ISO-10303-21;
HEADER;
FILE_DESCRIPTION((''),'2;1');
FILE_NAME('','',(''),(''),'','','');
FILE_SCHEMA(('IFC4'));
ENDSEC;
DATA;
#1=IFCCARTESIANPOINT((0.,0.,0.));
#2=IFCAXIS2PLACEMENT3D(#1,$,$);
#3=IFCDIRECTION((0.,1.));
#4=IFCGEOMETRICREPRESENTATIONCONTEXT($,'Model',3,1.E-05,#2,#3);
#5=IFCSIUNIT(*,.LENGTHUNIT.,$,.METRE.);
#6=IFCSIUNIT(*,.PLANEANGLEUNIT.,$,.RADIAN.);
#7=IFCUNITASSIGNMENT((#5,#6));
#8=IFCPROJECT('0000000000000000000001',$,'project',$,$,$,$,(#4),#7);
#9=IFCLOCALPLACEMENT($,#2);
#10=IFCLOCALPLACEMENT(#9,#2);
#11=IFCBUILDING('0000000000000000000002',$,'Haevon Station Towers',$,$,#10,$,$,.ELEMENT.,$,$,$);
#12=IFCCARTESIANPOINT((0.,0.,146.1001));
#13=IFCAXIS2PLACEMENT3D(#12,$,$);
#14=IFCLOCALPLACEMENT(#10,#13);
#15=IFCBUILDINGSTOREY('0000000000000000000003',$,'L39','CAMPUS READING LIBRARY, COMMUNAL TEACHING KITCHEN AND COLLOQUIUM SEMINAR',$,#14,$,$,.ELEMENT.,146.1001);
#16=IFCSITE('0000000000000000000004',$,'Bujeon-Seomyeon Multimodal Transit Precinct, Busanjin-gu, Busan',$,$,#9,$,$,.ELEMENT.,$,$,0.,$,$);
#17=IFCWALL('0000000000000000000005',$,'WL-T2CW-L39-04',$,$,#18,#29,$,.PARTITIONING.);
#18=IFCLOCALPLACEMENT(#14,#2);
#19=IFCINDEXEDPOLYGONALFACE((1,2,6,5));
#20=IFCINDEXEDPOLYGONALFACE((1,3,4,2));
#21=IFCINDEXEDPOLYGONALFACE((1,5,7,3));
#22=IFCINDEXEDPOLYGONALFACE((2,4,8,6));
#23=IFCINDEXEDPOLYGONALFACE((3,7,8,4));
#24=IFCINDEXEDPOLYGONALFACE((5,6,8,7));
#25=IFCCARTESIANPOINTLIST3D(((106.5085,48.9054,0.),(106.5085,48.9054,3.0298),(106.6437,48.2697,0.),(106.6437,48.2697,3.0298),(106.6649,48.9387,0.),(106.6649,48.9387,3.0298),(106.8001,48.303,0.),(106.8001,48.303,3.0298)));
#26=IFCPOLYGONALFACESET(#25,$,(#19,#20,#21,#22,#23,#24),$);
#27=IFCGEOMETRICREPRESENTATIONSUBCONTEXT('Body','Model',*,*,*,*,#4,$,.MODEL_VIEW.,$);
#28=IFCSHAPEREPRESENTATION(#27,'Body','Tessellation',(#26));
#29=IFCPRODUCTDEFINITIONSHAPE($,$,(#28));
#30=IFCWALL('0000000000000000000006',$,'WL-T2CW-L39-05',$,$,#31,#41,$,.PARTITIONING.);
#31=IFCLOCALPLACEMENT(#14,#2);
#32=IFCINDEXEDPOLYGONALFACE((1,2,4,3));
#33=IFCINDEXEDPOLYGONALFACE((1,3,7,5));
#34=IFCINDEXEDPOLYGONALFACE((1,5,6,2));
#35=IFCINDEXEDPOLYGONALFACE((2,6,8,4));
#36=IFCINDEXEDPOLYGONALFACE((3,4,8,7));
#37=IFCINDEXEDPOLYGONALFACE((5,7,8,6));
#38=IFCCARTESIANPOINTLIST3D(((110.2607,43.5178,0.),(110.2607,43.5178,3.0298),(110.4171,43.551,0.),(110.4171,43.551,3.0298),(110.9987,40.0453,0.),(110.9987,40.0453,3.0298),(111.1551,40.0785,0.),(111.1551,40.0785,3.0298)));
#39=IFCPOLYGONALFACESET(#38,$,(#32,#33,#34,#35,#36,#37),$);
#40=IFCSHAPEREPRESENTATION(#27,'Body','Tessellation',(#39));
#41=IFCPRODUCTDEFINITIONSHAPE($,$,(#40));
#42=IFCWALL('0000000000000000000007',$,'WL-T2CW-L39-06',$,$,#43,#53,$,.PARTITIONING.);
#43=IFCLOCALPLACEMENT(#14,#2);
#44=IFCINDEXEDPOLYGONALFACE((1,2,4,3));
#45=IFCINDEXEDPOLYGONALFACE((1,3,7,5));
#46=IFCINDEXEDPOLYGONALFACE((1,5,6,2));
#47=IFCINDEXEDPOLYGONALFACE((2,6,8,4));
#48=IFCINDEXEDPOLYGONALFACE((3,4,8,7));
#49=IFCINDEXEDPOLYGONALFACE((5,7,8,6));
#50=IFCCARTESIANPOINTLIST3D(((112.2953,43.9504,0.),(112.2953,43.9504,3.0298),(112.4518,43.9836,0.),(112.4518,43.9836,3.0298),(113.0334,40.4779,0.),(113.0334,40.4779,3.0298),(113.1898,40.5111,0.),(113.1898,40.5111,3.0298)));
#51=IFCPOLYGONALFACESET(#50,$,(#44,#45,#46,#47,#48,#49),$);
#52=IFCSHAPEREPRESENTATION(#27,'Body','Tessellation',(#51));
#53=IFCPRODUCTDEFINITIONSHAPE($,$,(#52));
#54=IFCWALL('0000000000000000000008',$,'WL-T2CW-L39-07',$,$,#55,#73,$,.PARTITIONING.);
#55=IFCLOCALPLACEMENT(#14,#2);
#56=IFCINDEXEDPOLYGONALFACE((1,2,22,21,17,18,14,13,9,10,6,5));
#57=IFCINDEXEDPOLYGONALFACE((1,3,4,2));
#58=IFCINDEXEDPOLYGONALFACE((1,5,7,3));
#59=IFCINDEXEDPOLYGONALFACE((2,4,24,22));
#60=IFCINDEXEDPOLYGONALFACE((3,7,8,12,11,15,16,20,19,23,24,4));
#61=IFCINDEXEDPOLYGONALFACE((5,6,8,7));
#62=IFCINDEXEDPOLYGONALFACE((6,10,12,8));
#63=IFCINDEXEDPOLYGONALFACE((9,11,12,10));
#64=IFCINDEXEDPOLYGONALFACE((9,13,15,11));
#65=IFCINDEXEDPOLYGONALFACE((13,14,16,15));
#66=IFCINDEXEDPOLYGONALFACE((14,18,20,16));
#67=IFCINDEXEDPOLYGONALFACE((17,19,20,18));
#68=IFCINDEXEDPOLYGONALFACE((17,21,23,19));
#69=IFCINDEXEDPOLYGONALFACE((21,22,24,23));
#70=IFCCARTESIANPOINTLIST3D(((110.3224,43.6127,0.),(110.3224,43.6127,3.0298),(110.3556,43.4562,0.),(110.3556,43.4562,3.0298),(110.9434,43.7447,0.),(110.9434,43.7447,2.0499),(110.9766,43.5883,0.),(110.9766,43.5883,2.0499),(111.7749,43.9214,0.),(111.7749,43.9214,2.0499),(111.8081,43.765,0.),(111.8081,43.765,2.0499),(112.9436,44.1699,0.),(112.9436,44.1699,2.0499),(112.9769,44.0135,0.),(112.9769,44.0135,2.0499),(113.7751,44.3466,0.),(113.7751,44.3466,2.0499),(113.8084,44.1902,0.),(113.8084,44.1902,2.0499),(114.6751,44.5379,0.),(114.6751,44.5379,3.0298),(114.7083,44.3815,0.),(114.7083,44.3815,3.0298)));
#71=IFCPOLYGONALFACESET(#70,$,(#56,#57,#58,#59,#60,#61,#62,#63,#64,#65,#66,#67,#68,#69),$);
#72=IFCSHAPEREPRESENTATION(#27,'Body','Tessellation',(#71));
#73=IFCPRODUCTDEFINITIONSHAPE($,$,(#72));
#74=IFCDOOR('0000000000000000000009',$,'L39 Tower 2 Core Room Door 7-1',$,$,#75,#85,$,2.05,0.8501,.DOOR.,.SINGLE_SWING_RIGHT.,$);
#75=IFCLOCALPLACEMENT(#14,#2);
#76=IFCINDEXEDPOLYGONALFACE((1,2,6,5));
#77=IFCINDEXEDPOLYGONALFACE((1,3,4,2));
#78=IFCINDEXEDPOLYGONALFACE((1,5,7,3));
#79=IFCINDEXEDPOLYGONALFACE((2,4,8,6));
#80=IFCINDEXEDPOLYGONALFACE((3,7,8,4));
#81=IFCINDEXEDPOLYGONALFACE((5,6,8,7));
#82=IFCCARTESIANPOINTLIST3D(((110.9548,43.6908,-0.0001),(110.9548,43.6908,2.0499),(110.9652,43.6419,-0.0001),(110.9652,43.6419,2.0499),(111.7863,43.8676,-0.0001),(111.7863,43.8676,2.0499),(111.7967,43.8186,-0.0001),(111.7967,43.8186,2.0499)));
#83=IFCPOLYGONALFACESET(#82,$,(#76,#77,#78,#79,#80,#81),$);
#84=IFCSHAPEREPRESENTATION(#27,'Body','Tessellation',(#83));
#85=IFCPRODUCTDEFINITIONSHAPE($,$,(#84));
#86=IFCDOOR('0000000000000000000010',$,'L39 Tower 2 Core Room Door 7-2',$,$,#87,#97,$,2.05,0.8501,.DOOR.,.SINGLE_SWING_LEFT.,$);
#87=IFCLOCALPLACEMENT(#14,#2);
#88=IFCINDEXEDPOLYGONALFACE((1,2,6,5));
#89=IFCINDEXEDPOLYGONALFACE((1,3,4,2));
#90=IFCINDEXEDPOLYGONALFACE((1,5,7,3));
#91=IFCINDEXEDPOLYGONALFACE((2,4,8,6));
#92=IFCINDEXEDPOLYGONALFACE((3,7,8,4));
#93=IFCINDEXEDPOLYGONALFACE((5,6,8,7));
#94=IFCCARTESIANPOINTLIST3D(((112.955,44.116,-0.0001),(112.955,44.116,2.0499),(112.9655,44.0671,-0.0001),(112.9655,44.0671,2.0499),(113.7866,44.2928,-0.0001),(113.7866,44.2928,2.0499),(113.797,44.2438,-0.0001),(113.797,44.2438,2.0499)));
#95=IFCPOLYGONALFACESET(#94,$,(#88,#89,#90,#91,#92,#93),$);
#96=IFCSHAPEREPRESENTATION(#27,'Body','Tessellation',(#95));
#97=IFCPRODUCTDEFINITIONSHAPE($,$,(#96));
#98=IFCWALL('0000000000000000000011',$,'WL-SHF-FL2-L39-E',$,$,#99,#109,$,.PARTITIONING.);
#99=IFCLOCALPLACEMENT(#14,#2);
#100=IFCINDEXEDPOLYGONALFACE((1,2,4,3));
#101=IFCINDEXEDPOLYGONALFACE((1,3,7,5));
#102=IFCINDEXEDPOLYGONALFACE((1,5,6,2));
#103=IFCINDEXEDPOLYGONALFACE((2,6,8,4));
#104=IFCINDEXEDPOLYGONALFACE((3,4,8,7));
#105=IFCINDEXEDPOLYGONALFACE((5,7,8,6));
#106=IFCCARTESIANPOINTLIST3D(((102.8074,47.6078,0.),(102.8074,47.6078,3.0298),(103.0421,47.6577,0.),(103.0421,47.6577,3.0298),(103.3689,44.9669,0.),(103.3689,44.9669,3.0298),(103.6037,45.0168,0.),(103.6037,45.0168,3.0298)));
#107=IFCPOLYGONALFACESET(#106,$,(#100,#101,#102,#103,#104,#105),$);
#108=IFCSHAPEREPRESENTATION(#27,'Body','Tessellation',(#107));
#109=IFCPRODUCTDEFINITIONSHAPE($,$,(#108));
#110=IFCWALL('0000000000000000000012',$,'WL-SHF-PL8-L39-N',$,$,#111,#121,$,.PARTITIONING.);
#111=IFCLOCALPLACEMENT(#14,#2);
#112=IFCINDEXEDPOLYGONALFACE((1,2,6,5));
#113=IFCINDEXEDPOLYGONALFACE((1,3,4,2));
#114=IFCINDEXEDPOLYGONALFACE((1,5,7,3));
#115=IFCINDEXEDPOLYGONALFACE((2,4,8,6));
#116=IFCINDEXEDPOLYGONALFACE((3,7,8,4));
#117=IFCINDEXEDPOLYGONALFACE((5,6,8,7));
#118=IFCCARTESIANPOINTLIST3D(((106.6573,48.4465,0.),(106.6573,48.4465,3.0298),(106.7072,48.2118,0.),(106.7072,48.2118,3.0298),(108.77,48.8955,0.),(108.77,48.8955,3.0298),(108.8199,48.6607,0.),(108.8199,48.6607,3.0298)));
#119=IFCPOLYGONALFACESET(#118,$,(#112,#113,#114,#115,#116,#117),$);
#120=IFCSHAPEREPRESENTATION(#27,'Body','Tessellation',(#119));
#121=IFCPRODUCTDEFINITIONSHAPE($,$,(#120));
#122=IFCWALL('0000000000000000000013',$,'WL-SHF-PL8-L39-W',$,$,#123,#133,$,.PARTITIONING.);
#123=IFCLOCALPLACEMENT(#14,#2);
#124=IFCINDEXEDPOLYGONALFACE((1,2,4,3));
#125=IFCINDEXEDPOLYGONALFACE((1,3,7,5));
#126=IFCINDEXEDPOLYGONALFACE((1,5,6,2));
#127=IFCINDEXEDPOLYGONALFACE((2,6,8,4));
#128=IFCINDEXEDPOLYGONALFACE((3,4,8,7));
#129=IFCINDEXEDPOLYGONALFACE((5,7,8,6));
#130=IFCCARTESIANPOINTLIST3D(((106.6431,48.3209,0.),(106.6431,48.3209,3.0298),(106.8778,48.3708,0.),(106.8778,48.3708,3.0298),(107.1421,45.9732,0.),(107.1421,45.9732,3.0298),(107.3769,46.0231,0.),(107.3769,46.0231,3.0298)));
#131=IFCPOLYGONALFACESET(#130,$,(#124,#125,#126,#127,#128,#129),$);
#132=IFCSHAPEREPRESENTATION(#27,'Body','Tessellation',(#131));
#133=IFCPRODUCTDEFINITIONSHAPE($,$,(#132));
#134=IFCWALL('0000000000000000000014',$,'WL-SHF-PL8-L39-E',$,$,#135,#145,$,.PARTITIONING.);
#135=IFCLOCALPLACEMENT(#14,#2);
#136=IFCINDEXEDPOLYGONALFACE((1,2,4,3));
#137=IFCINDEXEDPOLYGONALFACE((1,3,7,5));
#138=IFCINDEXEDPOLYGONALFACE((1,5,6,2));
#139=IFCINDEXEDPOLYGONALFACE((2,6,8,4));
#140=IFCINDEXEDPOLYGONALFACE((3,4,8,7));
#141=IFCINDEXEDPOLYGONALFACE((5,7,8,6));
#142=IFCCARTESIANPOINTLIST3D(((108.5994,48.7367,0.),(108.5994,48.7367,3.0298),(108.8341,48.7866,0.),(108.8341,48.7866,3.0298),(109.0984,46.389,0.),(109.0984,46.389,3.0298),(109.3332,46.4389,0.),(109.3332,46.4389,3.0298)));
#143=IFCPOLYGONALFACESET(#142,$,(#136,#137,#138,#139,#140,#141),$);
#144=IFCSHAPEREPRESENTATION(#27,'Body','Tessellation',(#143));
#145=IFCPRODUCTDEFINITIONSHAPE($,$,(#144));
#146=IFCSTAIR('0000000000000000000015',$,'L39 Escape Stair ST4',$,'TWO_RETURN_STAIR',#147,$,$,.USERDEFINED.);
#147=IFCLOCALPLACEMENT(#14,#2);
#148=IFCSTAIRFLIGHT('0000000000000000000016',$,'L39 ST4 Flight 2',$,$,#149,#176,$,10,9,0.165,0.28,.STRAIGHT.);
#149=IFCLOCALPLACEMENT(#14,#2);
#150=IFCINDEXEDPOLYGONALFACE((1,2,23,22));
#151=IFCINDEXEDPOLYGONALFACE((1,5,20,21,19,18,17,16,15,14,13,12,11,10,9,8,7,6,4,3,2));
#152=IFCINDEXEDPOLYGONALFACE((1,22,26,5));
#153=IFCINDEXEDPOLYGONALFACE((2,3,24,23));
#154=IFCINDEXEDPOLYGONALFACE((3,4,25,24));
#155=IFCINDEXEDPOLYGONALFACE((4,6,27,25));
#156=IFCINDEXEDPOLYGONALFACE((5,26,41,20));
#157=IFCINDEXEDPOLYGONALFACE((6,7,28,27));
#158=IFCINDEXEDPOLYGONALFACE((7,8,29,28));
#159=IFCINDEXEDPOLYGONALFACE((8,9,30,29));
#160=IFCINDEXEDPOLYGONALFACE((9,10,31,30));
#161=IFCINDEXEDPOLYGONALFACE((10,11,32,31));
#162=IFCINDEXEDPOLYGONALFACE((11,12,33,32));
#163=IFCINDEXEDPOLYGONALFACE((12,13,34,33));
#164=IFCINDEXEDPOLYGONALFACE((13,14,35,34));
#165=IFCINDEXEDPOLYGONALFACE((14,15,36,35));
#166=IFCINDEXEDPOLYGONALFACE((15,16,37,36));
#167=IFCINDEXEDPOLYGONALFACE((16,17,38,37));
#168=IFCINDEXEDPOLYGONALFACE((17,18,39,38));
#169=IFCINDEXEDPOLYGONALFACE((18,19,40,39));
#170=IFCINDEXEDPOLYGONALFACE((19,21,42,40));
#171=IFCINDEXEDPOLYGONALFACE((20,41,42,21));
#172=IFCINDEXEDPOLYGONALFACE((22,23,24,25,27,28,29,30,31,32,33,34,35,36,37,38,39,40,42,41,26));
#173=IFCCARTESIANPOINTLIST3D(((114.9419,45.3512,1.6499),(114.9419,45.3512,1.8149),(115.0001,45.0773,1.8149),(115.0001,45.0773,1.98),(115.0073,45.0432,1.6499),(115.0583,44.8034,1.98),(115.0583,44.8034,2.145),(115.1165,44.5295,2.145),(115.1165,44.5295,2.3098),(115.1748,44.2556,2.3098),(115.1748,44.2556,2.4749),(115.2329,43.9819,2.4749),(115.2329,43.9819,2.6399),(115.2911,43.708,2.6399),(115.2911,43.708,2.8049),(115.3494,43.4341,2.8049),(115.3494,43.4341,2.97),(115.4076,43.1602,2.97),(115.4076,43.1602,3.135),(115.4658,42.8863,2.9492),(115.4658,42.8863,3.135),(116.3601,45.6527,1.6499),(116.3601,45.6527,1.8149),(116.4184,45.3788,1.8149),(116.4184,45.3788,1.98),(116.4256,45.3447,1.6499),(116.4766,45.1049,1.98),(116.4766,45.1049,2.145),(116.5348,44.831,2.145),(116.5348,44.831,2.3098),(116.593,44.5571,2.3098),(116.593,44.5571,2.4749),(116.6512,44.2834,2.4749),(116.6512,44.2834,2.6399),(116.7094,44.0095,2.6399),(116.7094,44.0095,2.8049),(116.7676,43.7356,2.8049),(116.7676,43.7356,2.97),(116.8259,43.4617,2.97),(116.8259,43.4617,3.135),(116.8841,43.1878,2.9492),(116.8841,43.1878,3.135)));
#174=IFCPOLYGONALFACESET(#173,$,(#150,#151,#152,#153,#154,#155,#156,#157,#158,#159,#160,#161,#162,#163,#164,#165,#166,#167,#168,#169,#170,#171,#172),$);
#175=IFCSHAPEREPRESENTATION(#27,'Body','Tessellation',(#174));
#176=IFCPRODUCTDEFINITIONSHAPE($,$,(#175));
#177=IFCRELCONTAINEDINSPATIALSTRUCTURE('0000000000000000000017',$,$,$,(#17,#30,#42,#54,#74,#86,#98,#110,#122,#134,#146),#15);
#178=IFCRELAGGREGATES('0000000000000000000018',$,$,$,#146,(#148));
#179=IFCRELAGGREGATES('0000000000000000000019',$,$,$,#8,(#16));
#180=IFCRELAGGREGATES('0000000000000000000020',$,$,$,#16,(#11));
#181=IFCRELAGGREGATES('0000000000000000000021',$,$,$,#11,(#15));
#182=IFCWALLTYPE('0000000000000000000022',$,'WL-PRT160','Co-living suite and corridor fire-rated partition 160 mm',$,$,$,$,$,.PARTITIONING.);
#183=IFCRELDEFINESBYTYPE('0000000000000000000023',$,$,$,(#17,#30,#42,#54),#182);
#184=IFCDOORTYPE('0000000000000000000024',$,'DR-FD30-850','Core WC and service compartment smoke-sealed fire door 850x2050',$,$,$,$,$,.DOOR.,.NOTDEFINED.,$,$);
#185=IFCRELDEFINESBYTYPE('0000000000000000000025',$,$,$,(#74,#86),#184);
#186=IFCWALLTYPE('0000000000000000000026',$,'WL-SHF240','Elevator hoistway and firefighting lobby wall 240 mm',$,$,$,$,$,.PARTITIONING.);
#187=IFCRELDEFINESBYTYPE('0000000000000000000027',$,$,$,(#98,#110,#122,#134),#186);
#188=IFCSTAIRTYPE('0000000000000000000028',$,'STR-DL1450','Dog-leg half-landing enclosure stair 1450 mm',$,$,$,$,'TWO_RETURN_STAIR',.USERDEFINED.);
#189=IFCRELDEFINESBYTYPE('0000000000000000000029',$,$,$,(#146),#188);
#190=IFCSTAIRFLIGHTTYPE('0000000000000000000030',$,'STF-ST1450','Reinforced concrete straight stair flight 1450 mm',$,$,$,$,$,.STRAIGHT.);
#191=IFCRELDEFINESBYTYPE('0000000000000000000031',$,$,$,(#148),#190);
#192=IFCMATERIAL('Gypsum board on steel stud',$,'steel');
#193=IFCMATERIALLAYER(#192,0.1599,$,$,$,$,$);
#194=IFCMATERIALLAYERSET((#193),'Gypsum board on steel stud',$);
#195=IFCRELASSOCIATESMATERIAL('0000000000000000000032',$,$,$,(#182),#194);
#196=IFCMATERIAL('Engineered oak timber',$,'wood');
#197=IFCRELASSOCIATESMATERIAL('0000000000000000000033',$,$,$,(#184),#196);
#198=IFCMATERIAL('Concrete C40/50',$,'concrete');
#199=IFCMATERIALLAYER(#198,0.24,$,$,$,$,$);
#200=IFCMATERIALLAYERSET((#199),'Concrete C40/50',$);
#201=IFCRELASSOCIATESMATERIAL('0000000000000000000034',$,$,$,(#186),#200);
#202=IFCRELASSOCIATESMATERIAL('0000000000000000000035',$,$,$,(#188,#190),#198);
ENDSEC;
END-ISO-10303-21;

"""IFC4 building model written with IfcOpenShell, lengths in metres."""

from ifc_helpers import new_model, si_unit, direction, frame, frame_2d, origin, place, context, subcontext, project, spatial, polyline, rectangle, outline, extrude, material, layer, layer_set, type_object, element, fill, aggregate, save


model = new_model("IFC4")

# Units and contexts
model_context = context("Model", 3, precision=1e-05, world=origin(), true_north=direction((0.0, 1.0)))
body_context = subcontext(model_context, "Body", "Model", "MODEL_VIEW")
ifc_project = project(units=[si_unit("LENGTHUNIT", "METRE"), si_unit("PLANEANGLEUNIT", "RADIAN")], contexts=[model_context])

# Site, building, storey
site_placement = place(None, origin())
site = spatial("IfcSite", under=ifc_project, at=site_placement, Name="Bujeon-Seomyeon Multimodal Transit Precinct, Busanjin-gu, Busan", CompositionType="ELEMENT", RefElevation=0.0)
building_placement = place(site_placement, origin())
building = spatial("IfcBuilding", under=site, at=building_placement, Name="Haevon Station Towers", CompositionType="ELEMENT")
storey_placement = place(building_placement, frame((0.0, 0.0, 146.1001)))
storey = spatial("IfcBuildingStorey", under=building, at=storey_placement, Name="L39", Description="CAMPUS READING LIBRARY, COMMUNAL TEACHING KITCHEN AND COLLOQUIUM SEMINAR", CompositionType="ELEMENT", Elevation=146.1001)

# Shared definitions
ifc_material_1 = material(Name="Gypsum board on steel stud", Category="steel")
ifc_material_2 = material(Name="Engineered oak timber", Category="wood")

# Shared definitions
ifc_layer_1 = layer(ifc_material_1, 0.1599)
ifc_layer_set_1 = layer_set([ifc_layer_1], Name="Gypsum board on steel stud")
wall_type_1 = type_object("IfcWallType", Name="WL-PRT160", Description="Co-living suite and corridor fire-rated partition 160 mm", PredefinedType="PARTITIONING", material=ifc_layer_set_1)

# Walls
wall_1_placement = place(storey_placement, frame((106.7219, 48.2864, 0.0), z_axis=(0.0, 0.0, 1.0), x_axis=(-0.208092, 0.978109, 0.0)))
element("IfcWall", 1, at=wall_1_placement, inside=storey, type_object=wall_type_1, Name="WL-T2CW-L39-04", PredefinedType="PARTITIONING", context=body_context, shape_type="SweptSolid", body=[
    extrude(rectangle(XDim=0.6499, YDim=0.1599, at=frame_2d((0.325, 0.0))), origin(), (0.0, 0.0, 1.0), 3.0298),
])
for number, where, z_axis, x_axis, name in (
    (2, (111.0769, 40.062, 0.0), (0.0, 0.0, 1.0), (-0.207899, 0.97815, 0.0), "WL-T2CW-L39-05"),
    (3, (113.1116, 40.4946, 0.0), (0.0, 0.0, 1.0), (-0.207899, 0.97815, 0.0), "WL-T2CW-L39-06"),
):
    element("IfcWall", number, at=place(storey_placement, frame(where, z_axis=z_axis, x_axis=x_axis)), inside=storey, type_object=wall_type_1, Name=name, PredefinedType="PARTITIONING", context=body_context, shape_type="SweptSolid", body=[
        extrude(rectangle(XDim=3.55, YDim=0.1599, at=frame_2d((1.7749, 0.0))), origin(), (0.0, 0.0, 1.0), 3.0298),
    ])

# Wall, openings, doors
wall_2_placement = place(storey_placement, frame((110.3389, 43.5344, 0.0), z_axis=(0.0, 0.0, 1.0), x_axis=(0.978144, 0.207929, 0.0)))
wall_2 = element("IfcWall", 4, at=wall_2_placement, inside=storey, type_object=wall_type_1, Name="WL-T2CW-L39-07", PredefinedType="PARTITIONING", context=body_context, shape_type="SweptSolid", body=[
    extrude(rectangle(XDim=4.45, YDim=0.1599, at=frame_2d((2.2251, 0.0))), origin(), (0.0, 0.0, 1.0), 3.0298),
])
opening_1_placement = place(wall_2_placement, frame((0.635, 0.0, 0.0)))
opening_1 = element("IfcOpeningElement", 5, at=opening_1_placement, cuts=wall_2, PredefinedType="OPENING", context=body_context, shape_type="SweptSolid", body=[
    extrude(rectangle(XDim=0.8501, YDim=2.05, at=frame_2d((0.425, 1.0249))), frame((0.0, 0.0898, 0.0), z_axis=(0.0, -1.0, 0.0), x_axis=(1.0, 0.0, 0.0)), (0.0, 0.0, 1.0), 0.1799),
])
opening_2_placement = place(wall_2_placement, frame((2.6799, 0.0, 0.0)))
opening_2 = element("IfcOpeningElement", 6, at=opening_2_placement, cuts=wall_2, PredefinedType="OPENING", context=body_context, shape_type="SweptSolid", body=[
    extrude(rectangle(XDim=0.8501, YDim=2.05, at=frame_2d((0.425, 1.0249))), frame((0.0, 0.0898, 0.0), z_axis=(0.0, -1.0, 0.0), x_axis=(1.0, 0.0, 0.0)), (0.0, 0.0, 1.0), 0.1799),
])
door_type_1 = type_object("IfcDoorType", Name="DR-FD30-850", Description="Core WC and service compartment smoke-sealed fire door 850x2050", OperationType="NOTDEFINED", PredefinedType="DOOR", material=ifc_material_2)
door_1_placement = place(opening_1_placement, origin())
door_1 = element("IfcDoor", 7, at=door_1_placement, inside=storey, type_object=door_type_1, Name="L39 Tower 2 Core Room Door 7-1", OperationType="SINGLE_SWING_RIGHT", OverallHeight=2.05, OverallWidth=0.8501, PredefinedType="DOOR", context=body_context, shape_type="SweptSolid", body=[
    extrude(rectangle(XDim=0.8501, YDim=2.05, at=frame_2d((0.425, 1.0249))), frame((0.0, 0.0249, 0.0), z_axis=(0.0, -1.0, 0.0), x_axis=(1.0, 0.0, 0.0)), (0.0, 0.0, 1.0), 0.05),
])
fill(opening_1, door_1)
door_2_placement = place(opening_2_placement, origin())
door_2 = element("IfcDoor", 8, at=door_2_placement, inside=storey, type_object=door_type_1, Name="L39 Tower 2 Core Room Door 7-2", OperationType="SINGLE_SWING_LEFT", OverallHeight=2.05, OverallWidth=0.8501, PredefinedType="DOOR", context=body_context, shape_type="SweptSolid", body=[
    extrude(rectangle(XDim=0.8501, YDim=2.05, at=frame_2d((0.425, 1.0249))), frame((0.0, 0.0249, 0.0), z_axis=(0.0, -1.0, 0.0), x_axis=(1.0, 0.0, 0.0)), (0.0, 0.0, 1.0), 0.05),
])
fill(opening_2, door_2)

# Wall
ifc_material_3 = material(Name="Concrete C40/50", Category="concrete")
ifc_layer_2 = layer(ifc_material_3, 0.24)
ifc_layer_set_2 = layer_set([ifc_layer_2], Name="Concrete C40/50")
wall_type_2 = type_object("IfcWallType", Name="WL-SHF240", Description="Elevator hoistway and firefighting lobby wall 240 mm", PredefinedType="PARTITIONING", material=ifc_layer_set_2)
wall_3_placement = place(storey_placement, frame((103.4863, 44.9917, 0.0), z_axis=(0.0, 0.0, 1.0), x_axis=(-0.207979, 0.978133, 0.0)))
element("IfcWall", 9, at=wall_3_placement, inside=storey, type_object=wall_type_2, Name="WL-SHF-FL2-L39-E", PredefinedType="PARTITIONING", context=body_context, shape_type="SweptSolid", body=[
    extrude(rectangle(XDim=2.7, YDim=0.24, at=frame_2d((1.3501, 0.0))), origin(), (0.0, 0.0, 1.0), 3.0298),
])

# Walls
wall_4_placement = place(storey_placement, frame((106.6821, 48.3291, 0.0), z_axis=(0.0, 0.0, 1.0), x_axis=(0.978158, 0.207861, 0.0)))
element("IfcWall", 10, at=wall_4_placement, inside=storey, type_object=wall_type_2, Name="WL-SHF-PL8-L39-N", PredefinedType="PARTITIONING", context=body_context, shape_type="SweptSolid", body=[
    extrude(rectangle(XDim=2.1599, YDim=0.24, at=frame_2d((1.0801, 0.0))), origin(), (0.0, 0.0, 1.0), 3.0298),
])
for number, where, z_axis, x_axis, name in (
    (11, (107.2595, 45.998, 0.0), (0.0, 0.0, 1.0), (-0.207917, 0.978146, 0.0), "WL-SHF-PL8-L39-W"),
    (12, (109.2158, 46.4138, 0.0), (0.0, 0.0, 1.0), (-0.207917, 0.978146, 0.0), "WL-SHF-PL8-L39-E"),
):
    element("IfcWall", number, at=place(storey_placement, frame(where, z_axis=z_axis, x_axis=x_axis)), inside=storey, type_object=wall_type_2, Name=name, PredefinedType="PARTITIONING", context=body_context, shape_type="SweptSolid", body=[
        extrude(rectangle(XDim=2.4001, YDim=0.24, at=frame_2d((1.2002, 0.0))), origin(), (0.0, 0.0, 1.0), 3.0298),
    ])

# Stair, stair flight
stair_type = type_object("IfcStairType", Name="STR-DL1450", Description="Dog-leg half-landing enclosure stair 1450 mm", ElementType="TWO_RETURN_STAIR", PredefinedType="USERDEFINED", material=ifc_material_3)
stair_placement = place(storey_placement, origin())
stair = element("IfcStair", 13, at=stair_placement, inside=storey, type_object=stair_type, Name="L39 Escape Stair ST4", ObjectType="TWO_RETURN_STAIR", PredefinedType="USERDEFINED")
stair_flight_type = type_object("IfcStairFlightType", Name="STF-ST1450", Description="Reinforced concrete straight stair flight 1450 mm", PredefinedType="STRAIGHT", material=ifc_material_3)
stair_flight_placement = place(storey_placement, frame((115.6509, 45.502, 1.6499), z_axis=(0.0, 0.0, 1.0), x_axis=(0.207912, -0.978148, 0.0)))
stair_flight = element("IfcStairFlight", 14, at=stair_flight_placement, type_object=stair_flight_type, Name="L39 ST4 Flight 2", NumberOfRisers=10, NumberOfTreads=9, PredefinedType="STRAIGHT", RiserHeight=0.165, TreadLength=0.28, context=body_context, shape_type="SweptSolid", body=[
    extrude(outline(polyline([(0.0, 0.0), (0.0, 0.165), (0.28, 0.165), (0.28, 0.3301), (0.5601, 0.3301), (0.5601, 0.4951), (0.8401, 0.4951), (0.8401, 0.6599), (1.1201, 0.6599), (1.1201, 0.825), (1.3999, 0.825), (1.3999, 0.99), (1.6799, 0.99), (1.6799, 1.155), (1.96, 1.155), (1.96, 1.3201), (2.24, 1.3201), (2.24, 1.4851), (2.52, 1.4851), (2.52, 1.6499), (2.52, 1.2993), (0.3149, 0.0), (0.0, 0.0)])), frame((0.0, 0.7251, 0.0), z_axis=(0.0, -1.0, 0.0), x_axis=(1.0, 0.0, 0.0)), (0.0, 0.0, 1.0), 1.45),
])
aggregate(stair, [stair_flight])

save(model, "model.ifc")
